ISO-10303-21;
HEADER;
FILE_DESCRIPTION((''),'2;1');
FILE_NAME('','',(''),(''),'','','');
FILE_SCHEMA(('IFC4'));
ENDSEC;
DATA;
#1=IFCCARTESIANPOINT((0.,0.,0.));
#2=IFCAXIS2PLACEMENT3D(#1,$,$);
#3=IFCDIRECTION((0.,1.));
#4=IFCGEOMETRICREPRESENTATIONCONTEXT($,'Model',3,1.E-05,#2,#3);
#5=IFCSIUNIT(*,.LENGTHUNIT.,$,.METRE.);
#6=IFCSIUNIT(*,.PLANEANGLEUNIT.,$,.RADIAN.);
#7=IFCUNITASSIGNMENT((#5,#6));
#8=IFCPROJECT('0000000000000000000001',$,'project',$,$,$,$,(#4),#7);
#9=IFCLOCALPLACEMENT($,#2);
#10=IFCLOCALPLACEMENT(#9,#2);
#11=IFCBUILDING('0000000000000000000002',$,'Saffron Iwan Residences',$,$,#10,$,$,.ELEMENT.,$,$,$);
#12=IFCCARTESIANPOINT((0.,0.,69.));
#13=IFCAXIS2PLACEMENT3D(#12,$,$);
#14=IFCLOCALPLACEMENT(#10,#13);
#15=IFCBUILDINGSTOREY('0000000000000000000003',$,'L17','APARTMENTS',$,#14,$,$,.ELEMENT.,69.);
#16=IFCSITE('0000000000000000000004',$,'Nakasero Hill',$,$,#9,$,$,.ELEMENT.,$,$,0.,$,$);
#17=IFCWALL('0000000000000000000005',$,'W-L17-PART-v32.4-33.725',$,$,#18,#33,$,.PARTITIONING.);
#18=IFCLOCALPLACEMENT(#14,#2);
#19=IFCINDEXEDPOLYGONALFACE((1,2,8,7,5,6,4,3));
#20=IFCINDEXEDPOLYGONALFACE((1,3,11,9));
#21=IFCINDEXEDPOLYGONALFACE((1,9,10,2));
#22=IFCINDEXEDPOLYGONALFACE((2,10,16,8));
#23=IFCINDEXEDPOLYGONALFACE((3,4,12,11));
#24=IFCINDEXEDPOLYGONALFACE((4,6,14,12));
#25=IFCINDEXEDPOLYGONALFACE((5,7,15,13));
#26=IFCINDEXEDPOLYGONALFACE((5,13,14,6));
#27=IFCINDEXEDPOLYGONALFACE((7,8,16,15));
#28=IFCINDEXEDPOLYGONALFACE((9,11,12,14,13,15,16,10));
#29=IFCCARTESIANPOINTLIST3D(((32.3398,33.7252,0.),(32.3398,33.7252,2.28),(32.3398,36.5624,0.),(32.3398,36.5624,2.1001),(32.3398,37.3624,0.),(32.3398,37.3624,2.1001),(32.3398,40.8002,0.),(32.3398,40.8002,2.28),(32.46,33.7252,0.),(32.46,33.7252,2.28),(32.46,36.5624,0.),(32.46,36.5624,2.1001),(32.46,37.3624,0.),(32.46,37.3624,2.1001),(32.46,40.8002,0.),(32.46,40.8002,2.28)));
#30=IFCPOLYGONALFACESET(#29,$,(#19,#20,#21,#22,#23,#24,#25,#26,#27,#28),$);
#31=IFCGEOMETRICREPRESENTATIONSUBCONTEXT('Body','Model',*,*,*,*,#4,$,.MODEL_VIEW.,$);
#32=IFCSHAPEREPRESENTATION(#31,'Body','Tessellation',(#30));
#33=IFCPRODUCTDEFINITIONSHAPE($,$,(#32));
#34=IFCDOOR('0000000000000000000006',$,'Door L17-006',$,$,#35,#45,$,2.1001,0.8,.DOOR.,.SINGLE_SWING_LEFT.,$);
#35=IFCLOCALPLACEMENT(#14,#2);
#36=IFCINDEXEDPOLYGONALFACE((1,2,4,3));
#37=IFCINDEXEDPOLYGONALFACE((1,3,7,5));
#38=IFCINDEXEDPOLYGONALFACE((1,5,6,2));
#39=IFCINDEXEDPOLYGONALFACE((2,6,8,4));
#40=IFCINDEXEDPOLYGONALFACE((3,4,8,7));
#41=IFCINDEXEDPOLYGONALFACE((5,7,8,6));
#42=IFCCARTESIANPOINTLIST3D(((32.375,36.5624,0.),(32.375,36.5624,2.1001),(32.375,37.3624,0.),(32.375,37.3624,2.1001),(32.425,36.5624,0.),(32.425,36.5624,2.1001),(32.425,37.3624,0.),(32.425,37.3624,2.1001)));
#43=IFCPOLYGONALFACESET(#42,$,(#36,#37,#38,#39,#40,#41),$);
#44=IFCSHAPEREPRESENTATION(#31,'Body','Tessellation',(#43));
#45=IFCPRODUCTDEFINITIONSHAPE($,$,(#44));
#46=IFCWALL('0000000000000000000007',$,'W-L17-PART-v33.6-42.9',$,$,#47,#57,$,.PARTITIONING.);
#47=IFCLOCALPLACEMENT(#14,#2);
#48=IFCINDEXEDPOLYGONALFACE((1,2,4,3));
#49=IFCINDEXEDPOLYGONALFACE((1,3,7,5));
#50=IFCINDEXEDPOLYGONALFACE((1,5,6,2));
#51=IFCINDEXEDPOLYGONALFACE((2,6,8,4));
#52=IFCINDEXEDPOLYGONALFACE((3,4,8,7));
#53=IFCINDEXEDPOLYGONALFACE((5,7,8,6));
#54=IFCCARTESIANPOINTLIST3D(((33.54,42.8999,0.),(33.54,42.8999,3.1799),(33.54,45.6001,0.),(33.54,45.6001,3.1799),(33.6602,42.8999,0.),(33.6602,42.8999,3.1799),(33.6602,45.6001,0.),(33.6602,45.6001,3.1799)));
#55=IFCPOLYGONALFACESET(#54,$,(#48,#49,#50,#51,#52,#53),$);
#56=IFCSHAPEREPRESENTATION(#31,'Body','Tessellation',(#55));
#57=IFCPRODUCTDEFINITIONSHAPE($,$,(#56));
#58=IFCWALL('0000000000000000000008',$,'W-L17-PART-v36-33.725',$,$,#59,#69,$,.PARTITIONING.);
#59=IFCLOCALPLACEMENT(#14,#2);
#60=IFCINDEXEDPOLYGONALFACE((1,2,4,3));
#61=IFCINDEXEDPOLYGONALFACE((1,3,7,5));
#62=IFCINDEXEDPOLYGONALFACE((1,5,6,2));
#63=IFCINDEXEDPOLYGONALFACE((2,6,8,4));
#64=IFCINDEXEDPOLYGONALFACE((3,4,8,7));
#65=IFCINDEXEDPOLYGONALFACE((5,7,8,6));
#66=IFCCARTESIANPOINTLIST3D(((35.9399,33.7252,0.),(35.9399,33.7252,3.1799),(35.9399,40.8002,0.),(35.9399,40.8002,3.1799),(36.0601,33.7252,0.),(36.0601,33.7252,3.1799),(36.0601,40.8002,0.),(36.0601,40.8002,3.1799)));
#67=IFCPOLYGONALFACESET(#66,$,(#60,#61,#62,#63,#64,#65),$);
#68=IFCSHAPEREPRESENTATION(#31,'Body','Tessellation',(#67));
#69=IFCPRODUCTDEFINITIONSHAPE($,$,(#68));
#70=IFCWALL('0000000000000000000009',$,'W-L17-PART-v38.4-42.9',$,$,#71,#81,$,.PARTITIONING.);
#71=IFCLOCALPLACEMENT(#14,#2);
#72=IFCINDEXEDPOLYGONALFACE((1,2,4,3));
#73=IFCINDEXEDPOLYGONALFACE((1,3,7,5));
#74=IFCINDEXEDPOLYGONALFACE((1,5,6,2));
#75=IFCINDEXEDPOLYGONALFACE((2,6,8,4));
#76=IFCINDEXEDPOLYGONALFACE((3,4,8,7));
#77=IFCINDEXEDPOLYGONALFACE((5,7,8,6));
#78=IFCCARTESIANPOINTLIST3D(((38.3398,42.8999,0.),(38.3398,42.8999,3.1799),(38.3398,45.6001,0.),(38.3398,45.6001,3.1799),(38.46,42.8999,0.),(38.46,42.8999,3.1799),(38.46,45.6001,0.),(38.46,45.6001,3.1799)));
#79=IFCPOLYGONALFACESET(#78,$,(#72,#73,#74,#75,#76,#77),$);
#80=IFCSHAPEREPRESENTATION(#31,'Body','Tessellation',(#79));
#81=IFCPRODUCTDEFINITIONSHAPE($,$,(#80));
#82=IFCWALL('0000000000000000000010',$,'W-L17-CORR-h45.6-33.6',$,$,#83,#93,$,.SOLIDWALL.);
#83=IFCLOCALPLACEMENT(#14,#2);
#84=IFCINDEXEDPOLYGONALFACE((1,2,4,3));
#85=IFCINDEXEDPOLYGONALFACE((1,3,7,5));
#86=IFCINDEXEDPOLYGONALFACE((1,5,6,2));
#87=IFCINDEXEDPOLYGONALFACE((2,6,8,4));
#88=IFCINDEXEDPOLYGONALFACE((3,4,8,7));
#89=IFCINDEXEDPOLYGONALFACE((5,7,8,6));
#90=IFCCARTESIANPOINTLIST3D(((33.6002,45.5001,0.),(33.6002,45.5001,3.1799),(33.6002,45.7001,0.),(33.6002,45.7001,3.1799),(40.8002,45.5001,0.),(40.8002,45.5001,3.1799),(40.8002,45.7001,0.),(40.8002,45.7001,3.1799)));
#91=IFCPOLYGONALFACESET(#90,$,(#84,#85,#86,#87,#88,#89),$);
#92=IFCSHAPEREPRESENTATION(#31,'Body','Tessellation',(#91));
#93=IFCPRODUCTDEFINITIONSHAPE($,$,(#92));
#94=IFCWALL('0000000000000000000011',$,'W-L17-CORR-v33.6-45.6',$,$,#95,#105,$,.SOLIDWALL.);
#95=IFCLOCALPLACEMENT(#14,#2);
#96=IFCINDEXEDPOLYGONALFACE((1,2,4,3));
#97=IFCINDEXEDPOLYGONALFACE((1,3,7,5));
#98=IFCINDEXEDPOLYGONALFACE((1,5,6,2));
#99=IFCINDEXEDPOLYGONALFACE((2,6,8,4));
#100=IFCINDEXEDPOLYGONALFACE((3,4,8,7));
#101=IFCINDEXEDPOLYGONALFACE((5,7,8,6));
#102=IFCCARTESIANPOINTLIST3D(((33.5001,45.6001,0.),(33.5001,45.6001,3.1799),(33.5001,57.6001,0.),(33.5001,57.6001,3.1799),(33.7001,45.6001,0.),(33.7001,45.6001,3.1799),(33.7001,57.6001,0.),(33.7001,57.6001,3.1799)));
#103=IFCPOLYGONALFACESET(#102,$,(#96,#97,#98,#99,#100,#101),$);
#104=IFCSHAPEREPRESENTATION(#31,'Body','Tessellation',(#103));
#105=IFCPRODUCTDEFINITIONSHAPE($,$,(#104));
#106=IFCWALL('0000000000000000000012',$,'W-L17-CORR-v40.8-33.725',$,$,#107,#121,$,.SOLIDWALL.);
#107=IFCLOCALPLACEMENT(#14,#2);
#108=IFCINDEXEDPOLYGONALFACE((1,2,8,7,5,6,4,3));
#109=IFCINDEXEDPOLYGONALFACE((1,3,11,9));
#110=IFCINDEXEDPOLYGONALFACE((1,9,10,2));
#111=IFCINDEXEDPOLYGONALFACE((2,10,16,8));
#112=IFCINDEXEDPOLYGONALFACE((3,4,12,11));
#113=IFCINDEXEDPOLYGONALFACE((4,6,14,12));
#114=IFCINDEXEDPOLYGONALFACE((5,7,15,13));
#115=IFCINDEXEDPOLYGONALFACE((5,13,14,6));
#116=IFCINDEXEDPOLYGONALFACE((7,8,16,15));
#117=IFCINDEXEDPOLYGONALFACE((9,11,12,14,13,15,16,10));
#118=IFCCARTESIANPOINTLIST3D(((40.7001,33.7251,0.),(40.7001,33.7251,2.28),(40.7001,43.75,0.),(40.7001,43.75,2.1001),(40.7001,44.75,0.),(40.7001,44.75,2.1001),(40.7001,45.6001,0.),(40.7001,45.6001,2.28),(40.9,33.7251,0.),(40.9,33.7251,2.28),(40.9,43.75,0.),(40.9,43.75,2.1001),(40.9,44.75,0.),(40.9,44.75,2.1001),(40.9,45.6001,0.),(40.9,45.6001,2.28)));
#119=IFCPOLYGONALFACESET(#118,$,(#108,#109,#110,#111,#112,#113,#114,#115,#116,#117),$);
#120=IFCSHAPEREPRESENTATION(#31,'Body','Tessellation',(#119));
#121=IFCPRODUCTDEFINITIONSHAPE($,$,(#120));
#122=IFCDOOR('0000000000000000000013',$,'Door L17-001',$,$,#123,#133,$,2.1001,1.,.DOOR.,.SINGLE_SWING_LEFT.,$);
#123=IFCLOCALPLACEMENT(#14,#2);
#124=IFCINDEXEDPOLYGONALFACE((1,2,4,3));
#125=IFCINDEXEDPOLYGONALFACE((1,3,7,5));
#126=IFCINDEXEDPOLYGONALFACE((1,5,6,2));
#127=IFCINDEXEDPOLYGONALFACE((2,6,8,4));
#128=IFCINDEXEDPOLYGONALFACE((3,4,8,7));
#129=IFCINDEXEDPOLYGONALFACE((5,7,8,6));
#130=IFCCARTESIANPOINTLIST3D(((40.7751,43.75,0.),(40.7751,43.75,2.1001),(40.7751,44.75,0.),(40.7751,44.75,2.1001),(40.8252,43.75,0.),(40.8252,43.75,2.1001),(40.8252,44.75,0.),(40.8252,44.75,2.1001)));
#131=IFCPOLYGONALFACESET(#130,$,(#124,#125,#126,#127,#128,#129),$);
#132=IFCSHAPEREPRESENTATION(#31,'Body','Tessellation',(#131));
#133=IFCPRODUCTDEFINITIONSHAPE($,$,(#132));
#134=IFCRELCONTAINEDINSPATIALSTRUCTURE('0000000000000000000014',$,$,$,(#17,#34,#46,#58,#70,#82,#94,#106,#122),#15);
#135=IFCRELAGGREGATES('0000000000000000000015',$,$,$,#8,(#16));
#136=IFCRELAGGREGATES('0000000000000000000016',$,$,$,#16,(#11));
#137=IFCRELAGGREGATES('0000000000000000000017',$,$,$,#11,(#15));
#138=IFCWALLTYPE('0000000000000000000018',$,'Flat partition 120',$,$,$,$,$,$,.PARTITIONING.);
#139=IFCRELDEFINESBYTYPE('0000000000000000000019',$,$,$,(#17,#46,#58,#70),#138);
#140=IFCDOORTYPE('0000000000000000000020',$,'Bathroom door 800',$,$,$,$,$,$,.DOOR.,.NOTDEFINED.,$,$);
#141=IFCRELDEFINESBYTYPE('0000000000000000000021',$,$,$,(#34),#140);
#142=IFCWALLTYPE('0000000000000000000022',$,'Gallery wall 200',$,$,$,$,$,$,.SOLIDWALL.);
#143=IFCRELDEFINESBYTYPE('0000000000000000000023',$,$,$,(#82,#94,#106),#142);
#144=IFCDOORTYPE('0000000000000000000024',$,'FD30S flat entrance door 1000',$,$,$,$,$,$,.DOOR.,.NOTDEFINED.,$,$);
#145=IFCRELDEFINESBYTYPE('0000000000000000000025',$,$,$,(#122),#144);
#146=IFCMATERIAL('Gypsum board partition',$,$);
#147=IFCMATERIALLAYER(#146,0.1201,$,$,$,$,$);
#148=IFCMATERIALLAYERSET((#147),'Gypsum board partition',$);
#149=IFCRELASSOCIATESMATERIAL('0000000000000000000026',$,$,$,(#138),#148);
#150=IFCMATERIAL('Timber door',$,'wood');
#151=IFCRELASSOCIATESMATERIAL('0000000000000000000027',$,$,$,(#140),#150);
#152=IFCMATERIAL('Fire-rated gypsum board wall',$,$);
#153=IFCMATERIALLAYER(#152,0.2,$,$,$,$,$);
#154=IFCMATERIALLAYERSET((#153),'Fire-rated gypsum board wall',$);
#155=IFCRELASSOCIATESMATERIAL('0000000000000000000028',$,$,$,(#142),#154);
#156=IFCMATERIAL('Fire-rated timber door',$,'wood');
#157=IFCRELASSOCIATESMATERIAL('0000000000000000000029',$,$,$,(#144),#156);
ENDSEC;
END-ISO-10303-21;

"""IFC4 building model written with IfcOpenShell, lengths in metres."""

from ifc_helpers import new_model, si_unit, direction, frame, frame_2d, origin, place, context, subcontext, project, spatial, rectangle, extrude, material, layer, layer_set, type_object, element, fill, save


model = new_model("IFC4")

# Units and contexts
model_context = context("Model", 3, precision=1e-05, world=origin(), true_north=direction((0.0, 1.0)))
body_context = subcontext(model_context, "Body", "Model", "MODEL_VIEW")
ifc_project = project(units=[si_unit("LENGTHUNIT", "METRE"), si_unit("PLANEANGLEUNIT", "RADIAN")], contexts=[model_context])

# Site, building, storey
site_placement = place(None, origin())
site = spatial("IfcSite", under=ifc_project, at=site_placement, Name="Nakasero Hill", CompositionType="ELEMENT", RefElevation=0.0)
building_placement = place(site_placement, origin())
building = spatial("IfcBuilding", under=site, at=building_placement, Name="Saffron Iwan Residences", CompositionType="ELEMENT")
storey_placement = place(building_placement, frame((0.0, 0.0, 69.0)))
storey = spatial("IfcBuildingStorey", under=building, at=storey_placement, Name="L17", Description="APARTMENTS", CompositionType="ELEMENT", Elevation=69.0)

# Shared definitions
ifc_material_1 = material(Name="Gypsum board partition")
ifc_layer_1 = layer(ifc_material_1, 0.1201)
ifc_layer_set_1 = layer_set([ifc_layer_1], Name="Gypsum board partition")
wall_type_1 = type_object("IfcWallType", Name="Flat partition 120", PredefinedType="PARTITIONING", material=ifc_layer_set_1)

# Shared definitions
ifc_material_2 = material(Name="Timber door", Category="wood")

# Wall, opening, door
wall_1_placement = place(storey_placement, frame((32.3999, 33.7251, 0.0), z_axis=(0.0, 0.0, 1.0), x_axis=(0.0, 1.0, 0.0)))
wall_1 = element("IfcWall", 1, at=wall_1_placement, inside=storey, type_object=wall_type_1, Name="W-L17-PART-v32.4-33.725", PredefinedType="PARTITIONING", context=body_context, shape_type="SweptSolid", body=[
    extrude(rectangle(XDim=7.075, YDim=0.1201, at=frame_2d((3.5376, 0.0))), origin(), (0.0, 0.0, 1.0), 2.28),
])
opening_1_placement = place(wall_1_placement, frame((2.8374, 0.0, 0.0)))
opening_1 = element("IfcOpeningElement", 2, at=opening_1_placement, cuts=wall_1, PredefinedType="OPENING", context=body_context, shape_type="SweptSolid", body=[
    extrude(rectangle(XDim=0.8, YDim=2.1001, at=frame_2d((0.3999, 1.05))), frame((0.0, 0.0701, 0.0), z_axis=(0.0, -1.0, 0.0), x_axis=(1.0, 0.0, 0.0)), (0.0, 0.0, 1.0), 0.1401),
])
door_type_1 = type_object("IfcDoorType", Name="Bathroom door 800", OperationType="NOTDEFINED", PredefinedType="DOOR", material=ifc_material_2)
door_1_placement = place(opening_1_placement, origin())
door_1 = element("IfcDoor", 3, at=door_1_placement, inside=storey, type_object=door_type_1, Name="Door L17-006", OperationType="SINGLE_SWING_LEFT", OverallHeight=2.1001, OverallWidth=0.8, PredefinedType="DOOR", context=body_context, shape_type="SweptSolid", body=[
    extrude(rectangle(XDim=0.8, YDim=2.1001, at=frame_2d((0.3999, 1.05))), frame((0.0, 0.0249, 0.0), z_axis=(0.0, -1.0, 0.0), x_axis=(1.0, 0.0, 0.0)), (0.0, 0.0, 1.0), 0.05),
])
fill(opening_1, door_1)

# Walls
wall_2_placement = place(storey_placement, frame((33.6001, 42.8999, 0.0), z_axis=(0.0, 0.0, 1.0), x_axis=(0.0, 1.0, 0.0)))
element("IfcWall", 4, at=wall_2_placement, inside=storey, type_object=wall_type_1, Name="W-L17-PART-v33.6-42.9", PredefinedType="PARTITIONING", context=body_context, shape_type="SweptSolid", body=[
    extrude(rectangle(XDim=2.7002, YDim=0.1201, at=frame_2d((1.3501, 0.0))), origin(), (0.0, 0.0, 1.0), 3.1799),
])
wall_3_placement = place(storey_placement, frame((36.0, 33.7251, 0.0), z_axis=(0.0, 0.0, 1.0), x_axis=(0.0, 1.0, 0.0)))
element("IfcWall", 5, at=wall_3_placement, inside=storey, type_object=wall_type_1, Name="W-L17-PART-v36-33.725", PredefinedType="PARTITIONING", context=body_context, shape_type="SweptSolid", body=[
    extrude(rectangle(XDim=7.075, YDim=0.1201, at=frame_2d((3.5376, 0.0))), origin(), (0.0, 0.0, 1.0), 3.1799),
])
wall_4_placement = place(storey_placement, frame((38.3999, 42.8999, 0.0), z_axis=(0.0, 0.0, 1.0), x_axis=(0.0, 1.0, 0.0)))
element("IfcWall", 6, at=wall_4_placement, inside=storey, type_object=wall_type_1, Name="W-L17-PART-v38.4-42.9", PredefinedType="PARTITIONING", context=body_context, shape_type="SweptSolid", body=[
    extrude(rectangle(XDim=2.7002, YDim=0.1201, at=frame_2d((1.3501, 0.0))), origin(), (0.0, 0.0, 1.0), 3.1799),
])
ifc_material_3 = material(Name="Fire-rated gypsum board wall")
ifc_layer_2 = layer(ifc_material_3, 0.2)
ifc_layer_set_2 = layer_set([ifc_layer_2], Name="Fire-rated gypsum board wall")
wall_type_2 = type_object("IfcWallType", Name="Gallery wall 200", PredefinedType="SOLIDWALL", material=ifc_layer_set_2)
wall_5_placement = place(storey_placement, frame((33.6001, 45.6001, 0.0), z_axis=(0.0, 0.0, 1.0), x_axis=(1.0, 0.0, 0.0)))
element("IfcWall", 7, at=wall_5_placement, inside=storey, type_object=wall_type_2, Name="W-L17-CORR-h45.6-33.6", PredefinedType="SOLIDWALL", context=body_context, shape_type="SweptSolid", body=[
    extrude(rectangle(XDim=7.2, YDim=0.2, at=frame_2d((3.6001, 0.0))), origin(), (0.0, 0.0, 1.0), 3.1799),
])
wall_6_placement = place(storey_placement, frame((33.6001, 45.6001, 0.0), z_axis=(0.0, 0.0, 1.0), x_axis=(0.0, 1.0, 0.0)))
element("IfcWall", 8, at=wall_6_placement, inside=storey, type_object=wall_type_2, Name="W-L17-CORR-v33.6-45.6", PredefinedType="SOLIDWALL", context=body_context, shape_type="SweptSolid", body=[
    extrude(rectangle(XDim=12.0, YDim=0.2, at=frame_2d((6.0, 0.0))), origin(), (0.0, 0.0, 1.0), 3.1799),
])

# Wall, opening, door
wall_7_placement = place(storey_placement, frame((40.8, 33.7251, 0.0), z_axis=(0.0, 0.0, 1.0), x_axis=(0.0, 1.0, 0.0)))
wall_7 = element("IfcWall", 9, at=wall_7_placement, inside=storey, type_object=wall_type_2, Name="W-L17-CORR-v40.8-33.725", PredefinedType="SOLIDWALL", context=body_context, shape_type="SweptSolid", body=[
    extrude(rectangle(XDim=11.875, YDim=0.2, at=frame_2d((5.9375, 0.0))), origin(), (0.0, 0.0, 1.0), 2.28),
])
opening_2_placement = place(wall_7_placement, frame((10.0249, 0.0, 0.0)))
opening_2 = element("IfcOpeningElement", 10, at=opening_2_placement, cuts=wall_7, PredefinedType="OPENING", context=body_context, shape_type="SweptSolid", body=[
    extrude(rectangle(XDim=1.0, YDim=2.1001, at=frame_2d((0.5, 1.05))), frame((0.0, 0.1099, 0.0), z_axis=(0.0, -1.0, 0.0), x_axis=(1.0, 0.0, 0.0)), (0.0, 0.0, 1.0), 0.22),
])
ifc_material_4 = material(Name="Fire-rated timber door", Category="wood")
door_type_2 = type_object("IfcDoorType", Name="FD30S flat entrance door 1000", OperationType="NOTDEFINED", PredefinedType="DOOR", material=ifc_material_4)
door_2_placement = place(opening_2_placement, origin())
door_2 = element("IfcDoor", 11, at=door_2_placement, inside=storey, type_object=door_type_2, Name="Door L17-001", OperationType="SINGLE_SWING_LEFT", OverallHeight=2.1001, OverallWidth=1.0, PredefinedType="DOOR", context=body_context, shape_type="SweptSolid", body=[
    extrude(rectangle(XDim=1.0, YDim=2.1001, at=frame_2d((0.5, 1.05))), frame((0.0, 0.0249, 0.0), z_axis=(0.0, -1.0, 0.0), x_axis=(1.0, 0.0, 0.0)), (0.0, 0.0, 1.0), 0.05),
])
fill(opening_2, door_2)

save(model, "model.ifc")
